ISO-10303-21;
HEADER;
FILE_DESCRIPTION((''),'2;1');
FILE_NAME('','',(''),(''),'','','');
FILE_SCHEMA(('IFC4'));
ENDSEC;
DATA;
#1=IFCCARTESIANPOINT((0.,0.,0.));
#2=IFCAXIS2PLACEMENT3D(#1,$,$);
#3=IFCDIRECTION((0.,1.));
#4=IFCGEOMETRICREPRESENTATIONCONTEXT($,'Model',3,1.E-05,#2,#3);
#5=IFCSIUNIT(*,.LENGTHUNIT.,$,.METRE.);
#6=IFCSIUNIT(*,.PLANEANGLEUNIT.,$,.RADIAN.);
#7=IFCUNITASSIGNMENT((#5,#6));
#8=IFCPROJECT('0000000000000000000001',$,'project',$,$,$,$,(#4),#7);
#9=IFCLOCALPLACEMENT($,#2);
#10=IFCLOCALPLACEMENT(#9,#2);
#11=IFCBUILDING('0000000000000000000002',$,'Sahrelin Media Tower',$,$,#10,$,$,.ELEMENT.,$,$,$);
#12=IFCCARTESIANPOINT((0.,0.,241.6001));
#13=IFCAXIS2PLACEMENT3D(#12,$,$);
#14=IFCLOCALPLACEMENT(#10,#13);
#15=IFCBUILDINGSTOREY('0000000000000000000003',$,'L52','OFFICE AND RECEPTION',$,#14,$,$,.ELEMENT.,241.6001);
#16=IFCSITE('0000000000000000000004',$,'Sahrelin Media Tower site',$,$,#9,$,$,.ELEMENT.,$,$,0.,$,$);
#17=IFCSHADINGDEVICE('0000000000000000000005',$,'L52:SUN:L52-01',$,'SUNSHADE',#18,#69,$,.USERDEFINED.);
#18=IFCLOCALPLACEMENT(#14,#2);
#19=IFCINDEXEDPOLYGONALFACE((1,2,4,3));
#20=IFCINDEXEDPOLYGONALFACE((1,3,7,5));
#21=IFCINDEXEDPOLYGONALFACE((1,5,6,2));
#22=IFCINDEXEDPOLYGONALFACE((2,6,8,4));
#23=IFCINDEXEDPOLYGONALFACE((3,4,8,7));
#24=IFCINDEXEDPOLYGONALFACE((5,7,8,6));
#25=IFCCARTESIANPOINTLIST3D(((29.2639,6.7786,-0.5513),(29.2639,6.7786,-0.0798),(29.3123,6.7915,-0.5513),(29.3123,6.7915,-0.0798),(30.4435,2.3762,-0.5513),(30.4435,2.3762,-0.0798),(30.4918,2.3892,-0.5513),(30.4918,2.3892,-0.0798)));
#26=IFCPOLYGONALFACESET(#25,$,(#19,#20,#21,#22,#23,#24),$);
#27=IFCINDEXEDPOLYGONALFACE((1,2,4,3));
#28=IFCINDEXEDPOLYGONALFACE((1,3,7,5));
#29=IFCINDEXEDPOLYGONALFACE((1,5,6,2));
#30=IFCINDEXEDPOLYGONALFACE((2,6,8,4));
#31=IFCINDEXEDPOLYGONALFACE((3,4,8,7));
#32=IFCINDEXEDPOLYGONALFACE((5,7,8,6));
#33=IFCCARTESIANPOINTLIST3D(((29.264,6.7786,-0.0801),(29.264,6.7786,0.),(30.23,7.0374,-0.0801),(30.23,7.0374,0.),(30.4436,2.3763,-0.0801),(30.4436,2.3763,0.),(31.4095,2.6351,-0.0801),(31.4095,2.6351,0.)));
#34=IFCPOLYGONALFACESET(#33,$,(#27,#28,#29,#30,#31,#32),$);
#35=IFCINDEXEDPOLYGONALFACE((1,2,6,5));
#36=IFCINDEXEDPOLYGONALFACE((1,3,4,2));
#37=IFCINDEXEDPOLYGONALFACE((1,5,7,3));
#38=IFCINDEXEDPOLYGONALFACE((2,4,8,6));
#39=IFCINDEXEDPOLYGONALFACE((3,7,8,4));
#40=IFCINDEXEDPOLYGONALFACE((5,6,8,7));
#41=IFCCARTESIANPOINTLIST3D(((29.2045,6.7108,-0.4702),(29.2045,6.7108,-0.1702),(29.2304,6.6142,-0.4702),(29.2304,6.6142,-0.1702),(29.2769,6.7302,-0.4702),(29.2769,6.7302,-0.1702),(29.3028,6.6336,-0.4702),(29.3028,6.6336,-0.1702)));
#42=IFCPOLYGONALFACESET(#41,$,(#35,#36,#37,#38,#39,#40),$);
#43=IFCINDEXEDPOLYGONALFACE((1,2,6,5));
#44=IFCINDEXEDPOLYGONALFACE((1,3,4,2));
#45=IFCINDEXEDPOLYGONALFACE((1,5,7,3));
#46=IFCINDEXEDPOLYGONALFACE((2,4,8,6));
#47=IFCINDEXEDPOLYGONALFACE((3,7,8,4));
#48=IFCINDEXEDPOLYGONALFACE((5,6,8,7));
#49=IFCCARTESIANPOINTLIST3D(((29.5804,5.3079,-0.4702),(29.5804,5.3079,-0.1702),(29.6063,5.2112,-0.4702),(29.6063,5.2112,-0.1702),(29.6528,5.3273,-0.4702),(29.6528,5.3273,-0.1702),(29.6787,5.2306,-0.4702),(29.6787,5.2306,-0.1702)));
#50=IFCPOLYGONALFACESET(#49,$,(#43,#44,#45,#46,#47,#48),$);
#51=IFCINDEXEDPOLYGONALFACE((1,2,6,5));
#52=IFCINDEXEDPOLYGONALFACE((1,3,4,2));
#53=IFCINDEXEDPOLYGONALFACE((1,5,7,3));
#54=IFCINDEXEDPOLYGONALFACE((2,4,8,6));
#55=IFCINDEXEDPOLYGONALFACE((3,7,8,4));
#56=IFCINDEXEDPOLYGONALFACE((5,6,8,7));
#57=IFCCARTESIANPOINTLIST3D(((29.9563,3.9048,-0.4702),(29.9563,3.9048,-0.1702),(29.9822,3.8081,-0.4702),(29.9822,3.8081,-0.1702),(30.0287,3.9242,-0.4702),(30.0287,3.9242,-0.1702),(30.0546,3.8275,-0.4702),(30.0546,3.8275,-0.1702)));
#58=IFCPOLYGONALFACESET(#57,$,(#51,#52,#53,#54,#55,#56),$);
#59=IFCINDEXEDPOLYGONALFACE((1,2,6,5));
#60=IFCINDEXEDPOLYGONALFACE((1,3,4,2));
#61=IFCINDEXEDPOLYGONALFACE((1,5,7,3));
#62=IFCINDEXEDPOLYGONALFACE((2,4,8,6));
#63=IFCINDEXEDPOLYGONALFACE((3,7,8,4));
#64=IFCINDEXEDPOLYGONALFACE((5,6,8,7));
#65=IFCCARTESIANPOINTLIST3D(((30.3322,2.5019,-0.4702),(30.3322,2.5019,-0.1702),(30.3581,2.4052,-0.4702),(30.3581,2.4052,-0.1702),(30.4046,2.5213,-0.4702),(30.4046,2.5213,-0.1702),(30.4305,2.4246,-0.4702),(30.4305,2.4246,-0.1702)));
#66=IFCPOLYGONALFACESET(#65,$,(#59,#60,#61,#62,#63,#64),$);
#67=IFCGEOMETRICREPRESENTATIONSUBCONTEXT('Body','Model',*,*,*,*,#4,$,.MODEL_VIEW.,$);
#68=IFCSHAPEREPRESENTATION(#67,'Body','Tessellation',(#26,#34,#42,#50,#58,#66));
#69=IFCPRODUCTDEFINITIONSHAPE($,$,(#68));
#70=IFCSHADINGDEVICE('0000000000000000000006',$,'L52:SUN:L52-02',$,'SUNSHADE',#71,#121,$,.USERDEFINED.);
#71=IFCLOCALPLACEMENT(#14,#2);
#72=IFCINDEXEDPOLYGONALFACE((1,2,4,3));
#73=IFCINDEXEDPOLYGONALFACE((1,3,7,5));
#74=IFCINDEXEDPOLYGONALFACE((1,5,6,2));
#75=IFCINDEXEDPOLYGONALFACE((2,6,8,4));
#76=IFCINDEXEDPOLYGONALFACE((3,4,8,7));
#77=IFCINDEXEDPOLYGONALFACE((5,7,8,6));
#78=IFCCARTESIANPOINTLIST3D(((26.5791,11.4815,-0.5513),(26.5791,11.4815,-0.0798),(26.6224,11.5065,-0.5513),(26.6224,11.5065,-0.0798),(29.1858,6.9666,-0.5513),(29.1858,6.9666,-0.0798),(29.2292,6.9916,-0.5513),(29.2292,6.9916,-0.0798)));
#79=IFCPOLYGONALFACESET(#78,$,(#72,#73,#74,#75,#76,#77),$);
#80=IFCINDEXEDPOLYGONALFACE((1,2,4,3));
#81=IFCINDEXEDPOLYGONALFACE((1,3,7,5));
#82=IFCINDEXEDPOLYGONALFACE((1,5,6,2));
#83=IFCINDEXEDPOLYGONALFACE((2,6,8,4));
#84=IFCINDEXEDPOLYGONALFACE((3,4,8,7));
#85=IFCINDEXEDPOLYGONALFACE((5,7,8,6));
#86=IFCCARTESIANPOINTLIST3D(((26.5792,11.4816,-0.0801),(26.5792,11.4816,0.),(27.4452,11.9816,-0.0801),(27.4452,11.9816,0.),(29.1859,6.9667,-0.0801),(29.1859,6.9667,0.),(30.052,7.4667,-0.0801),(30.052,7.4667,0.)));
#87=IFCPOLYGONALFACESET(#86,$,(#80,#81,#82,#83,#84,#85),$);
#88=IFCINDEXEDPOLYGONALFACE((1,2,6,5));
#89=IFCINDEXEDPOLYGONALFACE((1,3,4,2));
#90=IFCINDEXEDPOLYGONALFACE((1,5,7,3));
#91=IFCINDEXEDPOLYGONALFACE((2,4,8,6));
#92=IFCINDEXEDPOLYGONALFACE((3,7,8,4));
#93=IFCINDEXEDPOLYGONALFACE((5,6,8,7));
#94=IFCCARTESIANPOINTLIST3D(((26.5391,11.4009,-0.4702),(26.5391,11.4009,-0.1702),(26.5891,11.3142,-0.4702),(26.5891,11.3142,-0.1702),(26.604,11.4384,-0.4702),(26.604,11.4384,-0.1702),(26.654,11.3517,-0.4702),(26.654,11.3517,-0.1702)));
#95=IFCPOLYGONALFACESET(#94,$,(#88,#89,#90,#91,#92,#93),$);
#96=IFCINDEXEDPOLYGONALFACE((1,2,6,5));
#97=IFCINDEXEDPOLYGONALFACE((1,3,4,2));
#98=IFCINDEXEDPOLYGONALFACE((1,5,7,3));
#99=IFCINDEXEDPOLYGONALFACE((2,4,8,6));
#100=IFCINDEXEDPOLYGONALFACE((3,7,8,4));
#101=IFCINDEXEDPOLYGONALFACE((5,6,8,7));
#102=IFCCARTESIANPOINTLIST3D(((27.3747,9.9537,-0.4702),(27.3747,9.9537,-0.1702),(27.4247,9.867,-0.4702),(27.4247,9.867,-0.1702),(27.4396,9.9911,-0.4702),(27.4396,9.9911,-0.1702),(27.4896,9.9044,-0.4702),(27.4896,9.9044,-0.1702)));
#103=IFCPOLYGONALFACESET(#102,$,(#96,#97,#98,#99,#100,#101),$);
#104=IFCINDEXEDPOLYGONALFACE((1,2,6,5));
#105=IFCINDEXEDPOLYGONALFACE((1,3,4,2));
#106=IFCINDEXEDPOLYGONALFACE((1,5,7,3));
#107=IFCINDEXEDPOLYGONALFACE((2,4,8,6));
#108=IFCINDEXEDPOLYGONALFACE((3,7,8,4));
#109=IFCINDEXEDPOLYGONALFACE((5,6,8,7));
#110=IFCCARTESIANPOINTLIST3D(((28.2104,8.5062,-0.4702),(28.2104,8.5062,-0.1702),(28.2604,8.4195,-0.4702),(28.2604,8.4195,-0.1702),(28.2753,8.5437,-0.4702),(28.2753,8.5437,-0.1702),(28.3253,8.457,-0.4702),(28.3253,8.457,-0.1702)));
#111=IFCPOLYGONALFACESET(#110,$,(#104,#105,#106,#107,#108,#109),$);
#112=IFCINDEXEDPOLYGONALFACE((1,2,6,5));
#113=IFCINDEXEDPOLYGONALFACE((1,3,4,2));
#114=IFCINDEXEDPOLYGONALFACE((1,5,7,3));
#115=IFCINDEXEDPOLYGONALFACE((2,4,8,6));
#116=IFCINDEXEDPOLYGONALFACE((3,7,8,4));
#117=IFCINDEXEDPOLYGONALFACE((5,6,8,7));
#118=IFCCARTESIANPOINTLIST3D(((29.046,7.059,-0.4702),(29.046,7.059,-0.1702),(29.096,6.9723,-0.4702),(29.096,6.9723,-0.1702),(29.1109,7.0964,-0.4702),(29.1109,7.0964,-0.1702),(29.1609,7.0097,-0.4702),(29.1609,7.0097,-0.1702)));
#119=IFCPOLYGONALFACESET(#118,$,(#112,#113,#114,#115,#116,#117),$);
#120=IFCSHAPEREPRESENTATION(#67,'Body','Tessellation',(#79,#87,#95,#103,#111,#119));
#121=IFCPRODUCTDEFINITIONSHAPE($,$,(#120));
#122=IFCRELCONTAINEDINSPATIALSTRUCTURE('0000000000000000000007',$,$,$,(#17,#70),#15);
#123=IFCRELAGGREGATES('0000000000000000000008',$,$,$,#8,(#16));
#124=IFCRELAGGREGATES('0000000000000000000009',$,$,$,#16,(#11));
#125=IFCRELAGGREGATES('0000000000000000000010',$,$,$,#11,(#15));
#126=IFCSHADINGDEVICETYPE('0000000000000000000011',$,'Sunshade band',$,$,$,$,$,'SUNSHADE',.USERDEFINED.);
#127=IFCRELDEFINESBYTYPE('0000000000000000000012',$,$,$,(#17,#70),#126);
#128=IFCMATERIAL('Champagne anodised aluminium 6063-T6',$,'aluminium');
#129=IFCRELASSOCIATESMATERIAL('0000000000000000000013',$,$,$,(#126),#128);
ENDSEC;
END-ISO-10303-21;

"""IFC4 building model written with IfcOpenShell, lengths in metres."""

from ifc_helpers import new_model, si_unit, direction, frame, origin, origin_2d, place, context, subcontext, project, spatial, rectangle, extrude, material, type_object, element, save


model = new_model("IFC4")

# Units and contexts
model_context = context("Model", 3, precision=1e-05, world=origin(), true_north=direction((0.0, 1.0)))
body_context = subcontext(model_context, "Body", "Model", "MODEL_VIEW")
ifc_project = project(units=[si_unit("LENGTHUNIT", "METRE"), si_unit("PLANEANGLEUNIT", "RADIAN")], contexts=[model_context])

# Site, building, storey
site_placement = place(None, origin())
site = spatial("IfcSite", under=ifc_project, at=site_placement, Name="Sahrelin Media Tower site", CompositionType="ELEMENT", RefElevation=0.0)
building_placement = place(site_placement, origin())
building = spatial("IfcBuilding", under=site, at=building_placement, Name="Sahrelin Media Tower", CompositionType="ELEMENT")
storey_placement = place(building_placement, frame((0.0, 0.0, 241.6001)))
storey = spatial("IfcBuildingStorey", under=building, at=storey_placement, Name="L52", Description="OFFICE AND RECEPTION", CompositionType="ELEMENT", Elevation=241.6001)

# Shared definitions
ifc_material_1 = material(Name="Champagne anodised aluminium 6063-T6", Category="aluminium")

# Shading devices
placement_1 = place(storey_placement, frame((29.8345, 4.5723, 0.0), z_axis=(0.0, 0.0, 1.0), x_axis=(0.258808, -0.965929, 0.0)))
placement_2 = place(storey_placement, frame((27.8652, 9.2141, 0.0), z_axis=(0.0, 0.0, 1.0), x_axis=(0.500011, -0.866019, 0.0)))
shading_device_type_1 = type_object("IfcShadingDeviceType", Name="Sunshade band", ElementType="SUNSHADE", PredefinedType="USERDEFINED", material=ifc_material_1)
element("IfcShadingDevice", 1, at=placement_1, inside=storey, type_object=shading_device_type_1, Name="L52:SUN:L52-01", ObjectType="SUNSHADE", PredefinedType="USERDEFINED", context=body_context, shape_type="SweptSolid", body=[
    extrude(rectangle(XDim=4.5576, YDim=0.05, at=origin_2d()), frame((0.0, 0.0449, -0.5513)), (0.0, 0.0, 1.0), 0.4714),
    extrude(rectangle(XDim=4.5576, YDim=1.0, at=origin_2d()), frame((0.0, 0.52, -0.0801)), (0.0, 0.0, 1.0), 0.0801),
    extrude(rectangle(XDim=0.1001, YDim=0.075, at=origin_2d()), frame((-2.1787, -0.0176, -0.4702)), (0.0, 0.0, 1.0), 0.3),
    extrude(rectangle(XDim=0.1001, YDim=0.075, at=origin_2d()), frame((-0.7263, -0.0176, -0.4702)), (0.0, 0.0, 1.0), 0.3),
    extrude(rectangle(XDim=0.1001, YDim=0.075, at=origin_2d()), frame((0.7263, -0.0176, -0.4702)), (0.0, 0.0, 1.0), 0.3),
    extrude(rectangle(XDim=0.1001, YDim=0.075, at=origin_2d()), frame((2.1787, -0.0176, -0.4702)), (0.0, 0.0, 1.0), 0.3),
])
element("IfcShadingDevice", 2, at=placement_2, inside=storey, type_object=shading_device_type_1, Name="L52:SUN:L52-02", ObjectType="SUNSHADE", PredefinedType="USERDEFINED", context=body_context, shape_type="SweptSolid", body=[
    extrude(rectangle(XDim=5.2134, YDim=0.05, at=origin_2d()), frame((0.0, 0.0449, -0.5513)), (0.0, 0.0, 1.0), 0.4714),
    extrude(rectangle(XDim=5.2134, YDim=1.0, at=origin_2d()), frame((0.0, 0.52, -0.0801)), (0.0, 0.0, 1.0), 0.0801),
    extrude(rectangle(XDim=0.1001, YDim=0.075, at=origin_2d()), frame((-2.5068, -0.0176, -0.4702)), (0.0, 0.0, 1.0), 0.3),
    extrude(rectangle(XDim=0.1001, YDim=0.075, at=origin_2d()), frame((-0.8357, -0.0176, -0.4702)), (0.0, 0.0, 1.0), 0.3),
    extrude(rectangle(XDim=0.1001, YDim=0.075, at=origin_2d()), frame((0.8357, -0.0176, -0.4702)), (0.0, 0.0, 1.0), 0.3),
    extrude(rectangle(XDim=0.1001, YDim=0.075, at=origin_2d()), frame((2.5068, -0.0176, -0.4702)), (0.0, 0.0, 1.0), 0.3),
])

save(model, "model.ifc")
